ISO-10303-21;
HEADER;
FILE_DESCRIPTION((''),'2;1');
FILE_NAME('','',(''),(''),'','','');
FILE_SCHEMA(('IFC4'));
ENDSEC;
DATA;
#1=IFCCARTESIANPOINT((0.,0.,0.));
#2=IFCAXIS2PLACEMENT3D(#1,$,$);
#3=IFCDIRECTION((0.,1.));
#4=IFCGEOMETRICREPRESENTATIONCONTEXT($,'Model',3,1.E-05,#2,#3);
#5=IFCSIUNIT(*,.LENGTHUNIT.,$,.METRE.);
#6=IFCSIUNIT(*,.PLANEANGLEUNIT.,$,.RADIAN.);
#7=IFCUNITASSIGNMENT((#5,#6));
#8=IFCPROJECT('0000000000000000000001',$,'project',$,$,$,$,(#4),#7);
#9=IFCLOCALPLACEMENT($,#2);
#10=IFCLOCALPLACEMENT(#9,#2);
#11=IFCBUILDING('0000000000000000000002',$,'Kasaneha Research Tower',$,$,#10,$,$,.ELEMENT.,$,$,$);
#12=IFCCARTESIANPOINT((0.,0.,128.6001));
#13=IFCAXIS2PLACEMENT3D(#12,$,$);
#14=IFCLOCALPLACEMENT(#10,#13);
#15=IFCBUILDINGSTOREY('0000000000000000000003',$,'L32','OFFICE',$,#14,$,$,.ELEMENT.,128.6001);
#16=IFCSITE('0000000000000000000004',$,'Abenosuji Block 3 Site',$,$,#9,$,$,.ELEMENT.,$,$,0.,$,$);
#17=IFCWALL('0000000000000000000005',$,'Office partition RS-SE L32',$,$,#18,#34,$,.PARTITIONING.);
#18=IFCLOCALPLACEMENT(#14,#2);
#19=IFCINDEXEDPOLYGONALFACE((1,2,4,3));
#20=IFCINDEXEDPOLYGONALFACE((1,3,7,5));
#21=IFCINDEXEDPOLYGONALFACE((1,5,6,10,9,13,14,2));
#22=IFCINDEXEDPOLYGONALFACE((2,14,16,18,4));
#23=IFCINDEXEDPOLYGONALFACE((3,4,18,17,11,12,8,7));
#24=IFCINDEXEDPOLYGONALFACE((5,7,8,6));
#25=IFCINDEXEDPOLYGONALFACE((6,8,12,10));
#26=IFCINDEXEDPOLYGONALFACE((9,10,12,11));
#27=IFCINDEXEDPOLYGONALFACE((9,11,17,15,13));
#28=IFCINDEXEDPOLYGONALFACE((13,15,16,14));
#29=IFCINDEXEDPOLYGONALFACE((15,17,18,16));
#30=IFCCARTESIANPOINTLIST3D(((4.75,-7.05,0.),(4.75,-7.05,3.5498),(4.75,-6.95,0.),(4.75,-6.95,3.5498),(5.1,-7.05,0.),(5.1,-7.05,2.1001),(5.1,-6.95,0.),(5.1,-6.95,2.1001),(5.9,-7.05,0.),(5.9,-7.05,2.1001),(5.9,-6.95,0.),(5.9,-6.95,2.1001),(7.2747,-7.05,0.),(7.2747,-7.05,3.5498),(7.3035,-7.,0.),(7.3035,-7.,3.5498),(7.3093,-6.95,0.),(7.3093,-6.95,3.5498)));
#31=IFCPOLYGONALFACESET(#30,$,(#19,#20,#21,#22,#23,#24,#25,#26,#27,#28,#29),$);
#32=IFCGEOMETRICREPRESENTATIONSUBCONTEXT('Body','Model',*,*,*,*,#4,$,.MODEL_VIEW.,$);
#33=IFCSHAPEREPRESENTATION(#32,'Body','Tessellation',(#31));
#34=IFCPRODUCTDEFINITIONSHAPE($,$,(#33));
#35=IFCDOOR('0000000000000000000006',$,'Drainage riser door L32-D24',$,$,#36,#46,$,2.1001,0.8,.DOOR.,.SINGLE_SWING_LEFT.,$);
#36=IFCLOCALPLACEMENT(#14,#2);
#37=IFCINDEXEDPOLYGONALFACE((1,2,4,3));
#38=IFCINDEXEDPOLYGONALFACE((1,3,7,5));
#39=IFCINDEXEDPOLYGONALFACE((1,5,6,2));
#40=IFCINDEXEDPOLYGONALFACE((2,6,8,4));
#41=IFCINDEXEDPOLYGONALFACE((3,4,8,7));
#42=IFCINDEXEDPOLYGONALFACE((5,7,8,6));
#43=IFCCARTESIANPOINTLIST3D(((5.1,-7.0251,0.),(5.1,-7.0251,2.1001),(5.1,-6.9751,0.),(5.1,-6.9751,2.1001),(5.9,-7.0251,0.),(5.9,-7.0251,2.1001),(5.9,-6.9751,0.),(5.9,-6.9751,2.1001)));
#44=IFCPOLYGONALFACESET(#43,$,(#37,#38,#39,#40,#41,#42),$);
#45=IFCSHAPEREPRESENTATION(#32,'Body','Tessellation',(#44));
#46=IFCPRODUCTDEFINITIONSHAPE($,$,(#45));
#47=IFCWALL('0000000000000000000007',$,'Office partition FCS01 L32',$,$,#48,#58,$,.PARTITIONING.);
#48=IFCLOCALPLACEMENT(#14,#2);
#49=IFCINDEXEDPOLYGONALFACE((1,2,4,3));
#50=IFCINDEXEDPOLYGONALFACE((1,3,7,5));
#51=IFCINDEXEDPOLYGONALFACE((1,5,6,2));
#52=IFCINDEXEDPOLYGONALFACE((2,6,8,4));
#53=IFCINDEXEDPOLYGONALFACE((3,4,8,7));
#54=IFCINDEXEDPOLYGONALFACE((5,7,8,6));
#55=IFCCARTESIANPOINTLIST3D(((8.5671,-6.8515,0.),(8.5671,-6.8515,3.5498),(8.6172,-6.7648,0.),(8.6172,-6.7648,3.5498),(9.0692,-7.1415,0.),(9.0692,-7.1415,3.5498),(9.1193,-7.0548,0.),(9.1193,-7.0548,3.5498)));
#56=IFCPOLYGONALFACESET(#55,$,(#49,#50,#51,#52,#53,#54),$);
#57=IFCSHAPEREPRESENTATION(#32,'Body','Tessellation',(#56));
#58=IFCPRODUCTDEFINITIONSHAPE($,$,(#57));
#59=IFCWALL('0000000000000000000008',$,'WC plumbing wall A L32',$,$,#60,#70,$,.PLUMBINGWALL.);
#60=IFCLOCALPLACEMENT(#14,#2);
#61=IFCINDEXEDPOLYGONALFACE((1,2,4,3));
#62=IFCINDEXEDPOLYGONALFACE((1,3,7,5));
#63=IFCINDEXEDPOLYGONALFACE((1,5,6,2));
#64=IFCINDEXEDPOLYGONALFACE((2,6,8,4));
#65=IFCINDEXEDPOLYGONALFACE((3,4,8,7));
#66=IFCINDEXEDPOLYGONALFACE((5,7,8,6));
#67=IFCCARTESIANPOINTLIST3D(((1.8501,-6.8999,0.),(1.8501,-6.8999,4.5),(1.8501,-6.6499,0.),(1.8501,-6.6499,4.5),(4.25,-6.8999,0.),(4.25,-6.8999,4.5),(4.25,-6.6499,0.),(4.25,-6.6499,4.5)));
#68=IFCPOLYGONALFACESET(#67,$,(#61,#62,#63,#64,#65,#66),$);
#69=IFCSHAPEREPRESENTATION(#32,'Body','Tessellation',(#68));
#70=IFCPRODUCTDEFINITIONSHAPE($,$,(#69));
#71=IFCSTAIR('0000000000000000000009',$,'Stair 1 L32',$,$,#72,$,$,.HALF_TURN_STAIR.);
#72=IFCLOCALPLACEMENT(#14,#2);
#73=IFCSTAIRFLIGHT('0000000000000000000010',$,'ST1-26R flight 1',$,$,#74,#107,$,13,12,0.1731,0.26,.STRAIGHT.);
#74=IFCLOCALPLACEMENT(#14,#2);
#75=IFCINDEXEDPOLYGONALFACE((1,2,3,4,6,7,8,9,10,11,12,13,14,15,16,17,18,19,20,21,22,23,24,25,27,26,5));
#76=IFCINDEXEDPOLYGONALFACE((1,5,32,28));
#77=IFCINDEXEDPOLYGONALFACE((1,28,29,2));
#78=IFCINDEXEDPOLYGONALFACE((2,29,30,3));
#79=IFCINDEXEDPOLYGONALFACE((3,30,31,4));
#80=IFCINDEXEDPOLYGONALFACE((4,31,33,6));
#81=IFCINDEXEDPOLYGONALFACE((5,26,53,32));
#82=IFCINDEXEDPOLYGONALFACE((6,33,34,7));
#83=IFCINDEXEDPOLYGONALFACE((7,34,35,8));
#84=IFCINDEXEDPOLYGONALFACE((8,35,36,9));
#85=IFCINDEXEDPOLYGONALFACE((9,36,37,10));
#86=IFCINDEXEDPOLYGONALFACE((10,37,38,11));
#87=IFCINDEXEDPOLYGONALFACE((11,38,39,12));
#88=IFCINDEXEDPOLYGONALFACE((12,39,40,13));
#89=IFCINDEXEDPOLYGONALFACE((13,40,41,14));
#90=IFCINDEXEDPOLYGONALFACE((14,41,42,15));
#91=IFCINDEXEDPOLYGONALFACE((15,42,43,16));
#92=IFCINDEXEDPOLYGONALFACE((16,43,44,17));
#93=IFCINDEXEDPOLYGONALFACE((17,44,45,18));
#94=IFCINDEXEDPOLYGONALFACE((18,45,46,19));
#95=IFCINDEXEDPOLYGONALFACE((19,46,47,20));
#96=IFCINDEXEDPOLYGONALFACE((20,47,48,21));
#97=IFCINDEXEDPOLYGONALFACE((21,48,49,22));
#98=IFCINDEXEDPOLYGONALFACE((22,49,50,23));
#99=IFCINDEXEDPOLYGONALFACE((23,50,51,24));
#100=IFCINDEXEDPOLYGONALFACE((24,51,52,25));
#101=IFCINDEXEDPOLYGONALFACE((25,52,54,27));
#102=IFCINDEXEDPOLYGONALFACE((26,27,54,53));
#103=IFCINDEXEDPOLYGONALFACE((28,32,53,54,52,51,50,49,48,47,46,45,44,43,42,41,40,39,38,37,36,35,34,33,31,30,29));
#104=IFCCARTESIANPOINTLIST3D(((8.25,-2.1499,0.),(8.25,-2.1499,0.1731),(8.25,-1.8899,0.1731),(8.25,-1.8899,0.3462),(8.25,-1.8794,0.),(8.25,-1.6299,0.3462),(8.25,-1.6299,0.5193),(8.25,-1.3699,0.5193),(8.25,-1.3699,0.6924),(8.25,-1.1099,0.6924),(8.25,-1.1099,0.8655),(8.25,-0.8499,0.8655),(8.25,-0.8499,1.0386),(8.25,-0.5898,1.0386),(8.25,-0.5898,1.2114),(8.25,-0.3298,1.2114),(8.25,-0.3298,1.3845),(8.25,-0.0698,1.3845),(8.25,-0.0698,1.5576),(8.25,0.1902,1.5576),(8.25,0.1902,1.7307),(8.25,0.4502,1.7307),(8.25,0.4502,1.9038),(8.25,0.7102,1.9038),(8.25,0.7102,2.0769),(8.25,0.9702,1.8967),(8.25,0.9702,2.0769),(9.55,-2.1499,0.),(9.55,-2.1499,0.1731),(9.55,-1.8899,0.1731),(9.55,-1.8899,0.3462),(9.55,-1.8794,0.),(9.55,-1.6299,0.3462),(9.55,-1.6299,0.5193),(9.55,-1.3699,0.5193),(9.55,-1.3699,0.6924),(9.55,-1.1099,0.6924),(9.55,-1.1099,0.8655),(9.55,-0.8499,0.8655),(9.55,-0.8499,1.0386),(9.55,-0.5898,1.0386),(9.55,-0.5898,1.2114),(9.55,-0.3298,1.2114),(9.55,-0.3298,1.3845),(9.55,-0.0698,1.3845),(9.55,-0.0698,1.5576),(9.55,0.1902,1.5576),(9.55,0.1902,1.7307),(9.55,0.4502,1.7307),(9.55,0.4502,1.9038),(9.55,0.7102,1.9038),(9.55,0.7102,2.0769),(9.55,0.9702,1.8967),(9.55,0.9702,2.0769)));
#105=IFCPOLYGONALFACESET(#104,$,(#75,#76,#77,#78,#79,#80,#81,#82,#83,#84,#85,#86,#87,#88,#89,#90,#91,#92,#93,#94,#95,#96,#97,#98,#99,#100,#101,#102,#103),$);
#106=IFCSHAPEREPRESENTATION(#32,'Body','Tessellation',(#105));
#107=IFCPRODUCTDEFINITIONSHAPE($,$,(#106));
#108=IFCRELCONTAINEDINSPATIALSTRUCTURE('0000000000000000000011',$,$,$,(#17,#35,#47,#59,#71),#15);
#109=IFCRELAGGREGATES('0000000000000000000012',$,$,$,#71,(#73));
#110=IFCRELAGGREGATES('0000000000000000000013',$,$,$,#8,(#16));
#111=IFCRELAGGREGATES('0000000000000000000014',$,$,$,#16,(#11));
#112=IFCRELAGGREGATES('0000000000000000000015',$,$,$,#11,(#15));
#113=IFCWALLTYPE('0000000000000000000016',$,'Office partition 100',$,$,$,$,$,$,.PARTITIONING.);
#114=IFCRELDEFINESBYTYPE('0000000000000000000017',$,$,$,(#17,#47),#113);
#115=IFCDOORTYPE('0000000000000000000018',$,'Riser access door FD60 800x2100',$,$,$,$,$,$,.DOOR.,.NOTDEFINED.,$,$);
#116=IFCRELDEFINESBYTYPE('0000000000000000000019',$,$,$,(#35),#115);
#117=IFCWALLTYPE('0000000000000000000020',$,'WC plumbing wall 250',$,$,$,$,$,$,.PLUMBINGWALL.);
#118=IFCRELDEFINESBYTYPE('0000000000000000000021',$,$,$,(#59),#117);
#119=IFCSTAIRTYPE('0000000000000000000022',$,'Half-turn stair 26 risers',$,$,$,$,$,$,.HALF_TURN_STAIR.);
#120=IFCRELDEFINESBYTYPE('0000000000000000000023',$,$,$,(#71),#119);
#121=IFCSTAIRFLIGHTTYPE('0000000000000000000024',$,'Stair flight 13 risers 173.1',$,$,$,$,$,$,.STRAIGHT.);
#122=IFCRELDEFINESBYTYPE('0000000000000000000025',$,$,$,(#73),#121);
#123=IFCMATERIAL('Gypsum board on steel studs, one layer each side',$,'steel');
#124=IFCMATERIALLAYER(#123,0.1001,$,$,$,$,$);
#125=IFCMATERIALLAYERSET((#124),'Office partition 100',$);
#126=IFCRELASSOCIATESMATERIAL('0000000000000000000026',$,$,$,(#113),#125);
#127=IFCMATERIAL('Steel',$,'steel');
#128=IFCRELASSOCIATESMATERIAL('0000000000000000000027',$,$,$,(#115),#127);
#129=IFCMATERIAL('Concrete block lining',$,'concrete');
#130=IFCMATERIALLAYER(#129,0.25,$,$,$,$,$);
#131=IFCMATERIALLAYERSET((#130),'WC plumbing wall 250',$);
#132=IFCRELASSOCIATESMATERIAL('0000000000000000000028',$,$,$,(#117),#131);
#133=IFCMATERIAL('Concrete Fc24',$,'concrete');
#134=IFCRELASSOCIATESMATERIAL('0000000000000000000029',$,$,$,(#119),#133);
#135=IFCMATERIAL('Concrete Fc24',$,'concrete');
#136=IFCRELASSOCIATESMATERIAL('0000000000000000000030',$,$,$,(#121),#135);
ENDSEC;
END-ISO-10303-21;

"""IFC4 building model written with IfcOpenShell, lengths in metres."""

from ifc_helpers import new_model, si_unit, direction, frame, frame_2d, origin, place, context, subcontext, project, spatial, polyline, rectangle, outline, extrude, material, layer, layer_set, type_object, element, fill, aggregate, save


model = new_model("IFC4")

# Units and contexts
model_context = context("Model", 3, precision=1e-05, world=origin(), true_north=direction((0.0, 1.0)))
body_context = subcontext(model_context, "Body", "Model", "MODEL_VIEW")
ifc_project = project(units=[si_unit("LENGTHUNIT", "METRE"), si_unit("PLANEANGLEUNIT", "RADIAN")], contexts=[model_context])

# Site, building, storey
site_placement = place(None, origin())
site = spatial("IfcSite", under=ifc_project, at=site_placement, Name="Abenosuji Block 3 Site", CompositionType="ELEMENT", RefElevation=0.0)
building_placement = place(site_placement, origin())
building = spatial("IfcBuilding", under=site, at=building_placement, Name="Kasaneha Research Tower", CompositionType="ELEMENT")
storey_placement = place(building_placement, frame((0.0, 0.0, 128.6001)))
storey = spatial("IfcBuildingStorey", under=building, at=storey_placement, Name="L32", Description="OFFICE", CompositionType="ELEMENT", Elevation=128.6001)

# Wall, opening, door
ifc_material_1 = material(Name="Gypsum board on steel studs, one layer each side", Category="steel")
ifc_layer_1 = layer(ifc_material_1, 0.1001)
ifc_layer_set_1 = layer_set([ifc_layer_1], Name="Office partition 100")
wall_type_1 = type_object("IfcWallType", Name="Office partition 100", PredefinedType="PARTITIONING", material=ifc_layer_set_1)
wall_1_placement = place(storey_placement, frame((4.75, -7.0, 0.0), z_axis=(0.0, 0.0, 1.0), x_axis=(1.0, 0.0, 0.0)))
wall_1 = element("IfcWall", 1, at=wall_1_placement, inside=storey, type_object=wall_type_1, Name="Office partition RS-SE L32", PredefinedType="PARTITIONING", context=body_context, shape_type="SweptSolid", body=[
    extrude(outline(polyline([(0.0, -0.05), (0.3501, -0.05), (1.1501, -0.05), (2.5247, -0.05), (2.5535, 0.0), (2.5593, 0.05), (1.1501, 0.05), (0.3501, 0.05), (0.0, 0.05), (0.0, -0.05)])), origin(), (0.0, 0.0, 1.0), 3.5498),
])
opening_1_placement = place(wall_1_placement, frame((0.3501, 0.0, 0.0)))
opening_1 = element("IfcOpeningElement", 2, at=opening_1_placement, cuts=wall_1, PredefinedType="OPENING", context=body_context, shape_type="SweptSolid", body=[
    extrude(rectangle(XDim=0.8, YDim=2.1001, at=frame_2d((0.3999, 1.05))), frame((0.0, 0.0601, 0.0), z_axis=(0.0, -1.0, 0.0), x_axis=(1.0, 0.0, 0.0)), (0.0, 0.0, 1.0), 0.1201),
])
ifc_material_2 = material(Name="Steel", Category="steel")
door_type_1 = type_object("IfcDoorType", Name="Riser access door FD60 800x2100", OperationType="NOTDEFINED", PredefinedType="DOOR", material=ifc_material_2)
door_1_placement = place(opening_1_placement, origin())
door_1 = element("IfcDoor", 3, at=door_1_placement, inside=storey, type_object=door_type_1, Name="Drainage riser door L32-D24", OperationType="SINGLE_SWING_LEFT", OverallHeight=2.1001, OverallWidth=0.8, PredefinedType="DOOR", context=body_context, shape_type="SweptSolid", body=[
    extrude(rectangle(XDim=0.8, YDim=2.1001, at=frame_2d((0.3999, 1.05))), frame((0.0, 0.0249, 0.0), z_axis=(0.0, -1.0, 0.0), x_axis=(1.0, 0.0, 0.0)), (0.0, 0.0, 1.0), 0.05),
])
fill(opening_1, door_1)

# Walls
wall_2_placement = place(storey_placement, frame((8.592, -6.8081, 0.0), z_axis=(0.0, 0.0, 1.0), x_axis=(0.865954, -0.500123, 0.0)))
element("IfcWall", 4, at=wall_2_placement, inside=storey, type_object=wall_type_1, Name="Office partition FCS01 L32", PredefinedType="PARTITIONING", context=body_context, shape_type="SweptSolid", body=[
    extrude(rectangle(XDim=0.5798, YDim=0.1001, at=frame_2d((0.29, 0.0))), origin(), (0.0, 0.0, 1.0), 3.5498),
])
ifc_material_3 = material(Name="Concrete block lining", Category="concrete")
ifc_layer_2 = layer(ifc_material_3, 0.25)
ifc_layer_set_2 = layer_set([ifc_layer_2], Name="WC plumbing wall 250")
wall_type_2 = type_object("IfcWallType", Name="WC plumbing wall 250", PredefinedType="PLUMBINGWALL", material=ifc_layer_set_2)
wall_3_placement = place(storey_placement, frame((1.8501, -6.7749, 0.0), z_axis=(0.0, 0.0, 1.0), x_axis=(1.0, 0.0, 0.0)))
element("IfcWall", 5, at=wall_3_placement, inside=storey, type_object=wall_type_2, Name="WC plumbing wall A L32", PredefinedType="PLUMBINGWALL", context=body_context, shape_type="SweptSolid", body=[
    extrude(rectangle(XDim=2.3999, YDim=0.25, at=frame_2d((1.2, 0.0))), origin(), (0.0, 0.0, 1.0), 4.5),
])

# Stair, stair flight
ifc_material_4 = material(Name="Concrete Fc24", Category="concrete")
stair_type = type_object("IfcStairType", Name="Half-turn stair 26 risers", PredefinedType="HALF_TURN_STAIR", material=ifc_material_4)
stair_placement = place(storey_placement, origin())
stair = element("IfcStair", 6, at=stair_placement, inside=storey, type_object=stair_type, Name="Stair 1 L32", PredefinedType="HALF_TURN_STAIR")
ifc_material_5 = material(Name="Concrete Fc24", Category="concrete")
stair_flight_type = type_object("IfcStairFlightType", Name="Stair flight 13 risers 173.1", PredefinedType="STRAIGHT", material=ifc_material_5)
stair_flight_placement = place(storey_placement, frame((8.8999, -2.1499, 0.0), z_axis=(0.0, 0.0, 1.0), x_axis=(0.0, 1.0, 0.0)))
stair_flight = element("IfcStairFlight", 7, at=stair_flight_placement, type_object=stair_flight_type, Name="ST1-26R flight 1", NumberOfRisers=13, NumberOfTreads=12, PredefinedType="STRAIGHT", RiserHeight=0.1731, TreadLength=0.26, context=body_context, shape_type="SweptSolid", body=[
    extrude(outline(polyline([(0.0, 0.0), (0.0, 0.1731), (0.26, 0.1731), (0.26, 0.3462), (0.52, 0.3462), (0.52, 0.5193), (0.78, 0.5193), (0.78, 0.6924), (1.04, 0.6924), (1.04, 0.8655), (1.3, 0.8655), (1.3, 1.0386), (1.5601, 1.0386), (1.5601, 1.2114), (1.8201, 1.2114), (1.8201, 1.3845), (2.0801, 1.3845), (2.0801, 1.5576), (2.3401, 1.5576), (2.3401, 1.7307), (2.6001, 1.7307), (2.6001, 1.9038), (2.8601, 1.9038), (2.8601, 2.0769), (3.1201, 2.0769), (3.1201, 2.25), (3.1201, 1.8967), (0.2705, 0.0), (0.0, 0.0)])), frame((0.0, 0.6499, 0.0), z_axis=(0.0, -1.0, 0.0), x_axis=(1.0, 0.0, 0.0)), (0.0, 0.0, 1.0), 1.3),
])
aggregate(stair, [stair_flight])

save(model, "model.ifc")
